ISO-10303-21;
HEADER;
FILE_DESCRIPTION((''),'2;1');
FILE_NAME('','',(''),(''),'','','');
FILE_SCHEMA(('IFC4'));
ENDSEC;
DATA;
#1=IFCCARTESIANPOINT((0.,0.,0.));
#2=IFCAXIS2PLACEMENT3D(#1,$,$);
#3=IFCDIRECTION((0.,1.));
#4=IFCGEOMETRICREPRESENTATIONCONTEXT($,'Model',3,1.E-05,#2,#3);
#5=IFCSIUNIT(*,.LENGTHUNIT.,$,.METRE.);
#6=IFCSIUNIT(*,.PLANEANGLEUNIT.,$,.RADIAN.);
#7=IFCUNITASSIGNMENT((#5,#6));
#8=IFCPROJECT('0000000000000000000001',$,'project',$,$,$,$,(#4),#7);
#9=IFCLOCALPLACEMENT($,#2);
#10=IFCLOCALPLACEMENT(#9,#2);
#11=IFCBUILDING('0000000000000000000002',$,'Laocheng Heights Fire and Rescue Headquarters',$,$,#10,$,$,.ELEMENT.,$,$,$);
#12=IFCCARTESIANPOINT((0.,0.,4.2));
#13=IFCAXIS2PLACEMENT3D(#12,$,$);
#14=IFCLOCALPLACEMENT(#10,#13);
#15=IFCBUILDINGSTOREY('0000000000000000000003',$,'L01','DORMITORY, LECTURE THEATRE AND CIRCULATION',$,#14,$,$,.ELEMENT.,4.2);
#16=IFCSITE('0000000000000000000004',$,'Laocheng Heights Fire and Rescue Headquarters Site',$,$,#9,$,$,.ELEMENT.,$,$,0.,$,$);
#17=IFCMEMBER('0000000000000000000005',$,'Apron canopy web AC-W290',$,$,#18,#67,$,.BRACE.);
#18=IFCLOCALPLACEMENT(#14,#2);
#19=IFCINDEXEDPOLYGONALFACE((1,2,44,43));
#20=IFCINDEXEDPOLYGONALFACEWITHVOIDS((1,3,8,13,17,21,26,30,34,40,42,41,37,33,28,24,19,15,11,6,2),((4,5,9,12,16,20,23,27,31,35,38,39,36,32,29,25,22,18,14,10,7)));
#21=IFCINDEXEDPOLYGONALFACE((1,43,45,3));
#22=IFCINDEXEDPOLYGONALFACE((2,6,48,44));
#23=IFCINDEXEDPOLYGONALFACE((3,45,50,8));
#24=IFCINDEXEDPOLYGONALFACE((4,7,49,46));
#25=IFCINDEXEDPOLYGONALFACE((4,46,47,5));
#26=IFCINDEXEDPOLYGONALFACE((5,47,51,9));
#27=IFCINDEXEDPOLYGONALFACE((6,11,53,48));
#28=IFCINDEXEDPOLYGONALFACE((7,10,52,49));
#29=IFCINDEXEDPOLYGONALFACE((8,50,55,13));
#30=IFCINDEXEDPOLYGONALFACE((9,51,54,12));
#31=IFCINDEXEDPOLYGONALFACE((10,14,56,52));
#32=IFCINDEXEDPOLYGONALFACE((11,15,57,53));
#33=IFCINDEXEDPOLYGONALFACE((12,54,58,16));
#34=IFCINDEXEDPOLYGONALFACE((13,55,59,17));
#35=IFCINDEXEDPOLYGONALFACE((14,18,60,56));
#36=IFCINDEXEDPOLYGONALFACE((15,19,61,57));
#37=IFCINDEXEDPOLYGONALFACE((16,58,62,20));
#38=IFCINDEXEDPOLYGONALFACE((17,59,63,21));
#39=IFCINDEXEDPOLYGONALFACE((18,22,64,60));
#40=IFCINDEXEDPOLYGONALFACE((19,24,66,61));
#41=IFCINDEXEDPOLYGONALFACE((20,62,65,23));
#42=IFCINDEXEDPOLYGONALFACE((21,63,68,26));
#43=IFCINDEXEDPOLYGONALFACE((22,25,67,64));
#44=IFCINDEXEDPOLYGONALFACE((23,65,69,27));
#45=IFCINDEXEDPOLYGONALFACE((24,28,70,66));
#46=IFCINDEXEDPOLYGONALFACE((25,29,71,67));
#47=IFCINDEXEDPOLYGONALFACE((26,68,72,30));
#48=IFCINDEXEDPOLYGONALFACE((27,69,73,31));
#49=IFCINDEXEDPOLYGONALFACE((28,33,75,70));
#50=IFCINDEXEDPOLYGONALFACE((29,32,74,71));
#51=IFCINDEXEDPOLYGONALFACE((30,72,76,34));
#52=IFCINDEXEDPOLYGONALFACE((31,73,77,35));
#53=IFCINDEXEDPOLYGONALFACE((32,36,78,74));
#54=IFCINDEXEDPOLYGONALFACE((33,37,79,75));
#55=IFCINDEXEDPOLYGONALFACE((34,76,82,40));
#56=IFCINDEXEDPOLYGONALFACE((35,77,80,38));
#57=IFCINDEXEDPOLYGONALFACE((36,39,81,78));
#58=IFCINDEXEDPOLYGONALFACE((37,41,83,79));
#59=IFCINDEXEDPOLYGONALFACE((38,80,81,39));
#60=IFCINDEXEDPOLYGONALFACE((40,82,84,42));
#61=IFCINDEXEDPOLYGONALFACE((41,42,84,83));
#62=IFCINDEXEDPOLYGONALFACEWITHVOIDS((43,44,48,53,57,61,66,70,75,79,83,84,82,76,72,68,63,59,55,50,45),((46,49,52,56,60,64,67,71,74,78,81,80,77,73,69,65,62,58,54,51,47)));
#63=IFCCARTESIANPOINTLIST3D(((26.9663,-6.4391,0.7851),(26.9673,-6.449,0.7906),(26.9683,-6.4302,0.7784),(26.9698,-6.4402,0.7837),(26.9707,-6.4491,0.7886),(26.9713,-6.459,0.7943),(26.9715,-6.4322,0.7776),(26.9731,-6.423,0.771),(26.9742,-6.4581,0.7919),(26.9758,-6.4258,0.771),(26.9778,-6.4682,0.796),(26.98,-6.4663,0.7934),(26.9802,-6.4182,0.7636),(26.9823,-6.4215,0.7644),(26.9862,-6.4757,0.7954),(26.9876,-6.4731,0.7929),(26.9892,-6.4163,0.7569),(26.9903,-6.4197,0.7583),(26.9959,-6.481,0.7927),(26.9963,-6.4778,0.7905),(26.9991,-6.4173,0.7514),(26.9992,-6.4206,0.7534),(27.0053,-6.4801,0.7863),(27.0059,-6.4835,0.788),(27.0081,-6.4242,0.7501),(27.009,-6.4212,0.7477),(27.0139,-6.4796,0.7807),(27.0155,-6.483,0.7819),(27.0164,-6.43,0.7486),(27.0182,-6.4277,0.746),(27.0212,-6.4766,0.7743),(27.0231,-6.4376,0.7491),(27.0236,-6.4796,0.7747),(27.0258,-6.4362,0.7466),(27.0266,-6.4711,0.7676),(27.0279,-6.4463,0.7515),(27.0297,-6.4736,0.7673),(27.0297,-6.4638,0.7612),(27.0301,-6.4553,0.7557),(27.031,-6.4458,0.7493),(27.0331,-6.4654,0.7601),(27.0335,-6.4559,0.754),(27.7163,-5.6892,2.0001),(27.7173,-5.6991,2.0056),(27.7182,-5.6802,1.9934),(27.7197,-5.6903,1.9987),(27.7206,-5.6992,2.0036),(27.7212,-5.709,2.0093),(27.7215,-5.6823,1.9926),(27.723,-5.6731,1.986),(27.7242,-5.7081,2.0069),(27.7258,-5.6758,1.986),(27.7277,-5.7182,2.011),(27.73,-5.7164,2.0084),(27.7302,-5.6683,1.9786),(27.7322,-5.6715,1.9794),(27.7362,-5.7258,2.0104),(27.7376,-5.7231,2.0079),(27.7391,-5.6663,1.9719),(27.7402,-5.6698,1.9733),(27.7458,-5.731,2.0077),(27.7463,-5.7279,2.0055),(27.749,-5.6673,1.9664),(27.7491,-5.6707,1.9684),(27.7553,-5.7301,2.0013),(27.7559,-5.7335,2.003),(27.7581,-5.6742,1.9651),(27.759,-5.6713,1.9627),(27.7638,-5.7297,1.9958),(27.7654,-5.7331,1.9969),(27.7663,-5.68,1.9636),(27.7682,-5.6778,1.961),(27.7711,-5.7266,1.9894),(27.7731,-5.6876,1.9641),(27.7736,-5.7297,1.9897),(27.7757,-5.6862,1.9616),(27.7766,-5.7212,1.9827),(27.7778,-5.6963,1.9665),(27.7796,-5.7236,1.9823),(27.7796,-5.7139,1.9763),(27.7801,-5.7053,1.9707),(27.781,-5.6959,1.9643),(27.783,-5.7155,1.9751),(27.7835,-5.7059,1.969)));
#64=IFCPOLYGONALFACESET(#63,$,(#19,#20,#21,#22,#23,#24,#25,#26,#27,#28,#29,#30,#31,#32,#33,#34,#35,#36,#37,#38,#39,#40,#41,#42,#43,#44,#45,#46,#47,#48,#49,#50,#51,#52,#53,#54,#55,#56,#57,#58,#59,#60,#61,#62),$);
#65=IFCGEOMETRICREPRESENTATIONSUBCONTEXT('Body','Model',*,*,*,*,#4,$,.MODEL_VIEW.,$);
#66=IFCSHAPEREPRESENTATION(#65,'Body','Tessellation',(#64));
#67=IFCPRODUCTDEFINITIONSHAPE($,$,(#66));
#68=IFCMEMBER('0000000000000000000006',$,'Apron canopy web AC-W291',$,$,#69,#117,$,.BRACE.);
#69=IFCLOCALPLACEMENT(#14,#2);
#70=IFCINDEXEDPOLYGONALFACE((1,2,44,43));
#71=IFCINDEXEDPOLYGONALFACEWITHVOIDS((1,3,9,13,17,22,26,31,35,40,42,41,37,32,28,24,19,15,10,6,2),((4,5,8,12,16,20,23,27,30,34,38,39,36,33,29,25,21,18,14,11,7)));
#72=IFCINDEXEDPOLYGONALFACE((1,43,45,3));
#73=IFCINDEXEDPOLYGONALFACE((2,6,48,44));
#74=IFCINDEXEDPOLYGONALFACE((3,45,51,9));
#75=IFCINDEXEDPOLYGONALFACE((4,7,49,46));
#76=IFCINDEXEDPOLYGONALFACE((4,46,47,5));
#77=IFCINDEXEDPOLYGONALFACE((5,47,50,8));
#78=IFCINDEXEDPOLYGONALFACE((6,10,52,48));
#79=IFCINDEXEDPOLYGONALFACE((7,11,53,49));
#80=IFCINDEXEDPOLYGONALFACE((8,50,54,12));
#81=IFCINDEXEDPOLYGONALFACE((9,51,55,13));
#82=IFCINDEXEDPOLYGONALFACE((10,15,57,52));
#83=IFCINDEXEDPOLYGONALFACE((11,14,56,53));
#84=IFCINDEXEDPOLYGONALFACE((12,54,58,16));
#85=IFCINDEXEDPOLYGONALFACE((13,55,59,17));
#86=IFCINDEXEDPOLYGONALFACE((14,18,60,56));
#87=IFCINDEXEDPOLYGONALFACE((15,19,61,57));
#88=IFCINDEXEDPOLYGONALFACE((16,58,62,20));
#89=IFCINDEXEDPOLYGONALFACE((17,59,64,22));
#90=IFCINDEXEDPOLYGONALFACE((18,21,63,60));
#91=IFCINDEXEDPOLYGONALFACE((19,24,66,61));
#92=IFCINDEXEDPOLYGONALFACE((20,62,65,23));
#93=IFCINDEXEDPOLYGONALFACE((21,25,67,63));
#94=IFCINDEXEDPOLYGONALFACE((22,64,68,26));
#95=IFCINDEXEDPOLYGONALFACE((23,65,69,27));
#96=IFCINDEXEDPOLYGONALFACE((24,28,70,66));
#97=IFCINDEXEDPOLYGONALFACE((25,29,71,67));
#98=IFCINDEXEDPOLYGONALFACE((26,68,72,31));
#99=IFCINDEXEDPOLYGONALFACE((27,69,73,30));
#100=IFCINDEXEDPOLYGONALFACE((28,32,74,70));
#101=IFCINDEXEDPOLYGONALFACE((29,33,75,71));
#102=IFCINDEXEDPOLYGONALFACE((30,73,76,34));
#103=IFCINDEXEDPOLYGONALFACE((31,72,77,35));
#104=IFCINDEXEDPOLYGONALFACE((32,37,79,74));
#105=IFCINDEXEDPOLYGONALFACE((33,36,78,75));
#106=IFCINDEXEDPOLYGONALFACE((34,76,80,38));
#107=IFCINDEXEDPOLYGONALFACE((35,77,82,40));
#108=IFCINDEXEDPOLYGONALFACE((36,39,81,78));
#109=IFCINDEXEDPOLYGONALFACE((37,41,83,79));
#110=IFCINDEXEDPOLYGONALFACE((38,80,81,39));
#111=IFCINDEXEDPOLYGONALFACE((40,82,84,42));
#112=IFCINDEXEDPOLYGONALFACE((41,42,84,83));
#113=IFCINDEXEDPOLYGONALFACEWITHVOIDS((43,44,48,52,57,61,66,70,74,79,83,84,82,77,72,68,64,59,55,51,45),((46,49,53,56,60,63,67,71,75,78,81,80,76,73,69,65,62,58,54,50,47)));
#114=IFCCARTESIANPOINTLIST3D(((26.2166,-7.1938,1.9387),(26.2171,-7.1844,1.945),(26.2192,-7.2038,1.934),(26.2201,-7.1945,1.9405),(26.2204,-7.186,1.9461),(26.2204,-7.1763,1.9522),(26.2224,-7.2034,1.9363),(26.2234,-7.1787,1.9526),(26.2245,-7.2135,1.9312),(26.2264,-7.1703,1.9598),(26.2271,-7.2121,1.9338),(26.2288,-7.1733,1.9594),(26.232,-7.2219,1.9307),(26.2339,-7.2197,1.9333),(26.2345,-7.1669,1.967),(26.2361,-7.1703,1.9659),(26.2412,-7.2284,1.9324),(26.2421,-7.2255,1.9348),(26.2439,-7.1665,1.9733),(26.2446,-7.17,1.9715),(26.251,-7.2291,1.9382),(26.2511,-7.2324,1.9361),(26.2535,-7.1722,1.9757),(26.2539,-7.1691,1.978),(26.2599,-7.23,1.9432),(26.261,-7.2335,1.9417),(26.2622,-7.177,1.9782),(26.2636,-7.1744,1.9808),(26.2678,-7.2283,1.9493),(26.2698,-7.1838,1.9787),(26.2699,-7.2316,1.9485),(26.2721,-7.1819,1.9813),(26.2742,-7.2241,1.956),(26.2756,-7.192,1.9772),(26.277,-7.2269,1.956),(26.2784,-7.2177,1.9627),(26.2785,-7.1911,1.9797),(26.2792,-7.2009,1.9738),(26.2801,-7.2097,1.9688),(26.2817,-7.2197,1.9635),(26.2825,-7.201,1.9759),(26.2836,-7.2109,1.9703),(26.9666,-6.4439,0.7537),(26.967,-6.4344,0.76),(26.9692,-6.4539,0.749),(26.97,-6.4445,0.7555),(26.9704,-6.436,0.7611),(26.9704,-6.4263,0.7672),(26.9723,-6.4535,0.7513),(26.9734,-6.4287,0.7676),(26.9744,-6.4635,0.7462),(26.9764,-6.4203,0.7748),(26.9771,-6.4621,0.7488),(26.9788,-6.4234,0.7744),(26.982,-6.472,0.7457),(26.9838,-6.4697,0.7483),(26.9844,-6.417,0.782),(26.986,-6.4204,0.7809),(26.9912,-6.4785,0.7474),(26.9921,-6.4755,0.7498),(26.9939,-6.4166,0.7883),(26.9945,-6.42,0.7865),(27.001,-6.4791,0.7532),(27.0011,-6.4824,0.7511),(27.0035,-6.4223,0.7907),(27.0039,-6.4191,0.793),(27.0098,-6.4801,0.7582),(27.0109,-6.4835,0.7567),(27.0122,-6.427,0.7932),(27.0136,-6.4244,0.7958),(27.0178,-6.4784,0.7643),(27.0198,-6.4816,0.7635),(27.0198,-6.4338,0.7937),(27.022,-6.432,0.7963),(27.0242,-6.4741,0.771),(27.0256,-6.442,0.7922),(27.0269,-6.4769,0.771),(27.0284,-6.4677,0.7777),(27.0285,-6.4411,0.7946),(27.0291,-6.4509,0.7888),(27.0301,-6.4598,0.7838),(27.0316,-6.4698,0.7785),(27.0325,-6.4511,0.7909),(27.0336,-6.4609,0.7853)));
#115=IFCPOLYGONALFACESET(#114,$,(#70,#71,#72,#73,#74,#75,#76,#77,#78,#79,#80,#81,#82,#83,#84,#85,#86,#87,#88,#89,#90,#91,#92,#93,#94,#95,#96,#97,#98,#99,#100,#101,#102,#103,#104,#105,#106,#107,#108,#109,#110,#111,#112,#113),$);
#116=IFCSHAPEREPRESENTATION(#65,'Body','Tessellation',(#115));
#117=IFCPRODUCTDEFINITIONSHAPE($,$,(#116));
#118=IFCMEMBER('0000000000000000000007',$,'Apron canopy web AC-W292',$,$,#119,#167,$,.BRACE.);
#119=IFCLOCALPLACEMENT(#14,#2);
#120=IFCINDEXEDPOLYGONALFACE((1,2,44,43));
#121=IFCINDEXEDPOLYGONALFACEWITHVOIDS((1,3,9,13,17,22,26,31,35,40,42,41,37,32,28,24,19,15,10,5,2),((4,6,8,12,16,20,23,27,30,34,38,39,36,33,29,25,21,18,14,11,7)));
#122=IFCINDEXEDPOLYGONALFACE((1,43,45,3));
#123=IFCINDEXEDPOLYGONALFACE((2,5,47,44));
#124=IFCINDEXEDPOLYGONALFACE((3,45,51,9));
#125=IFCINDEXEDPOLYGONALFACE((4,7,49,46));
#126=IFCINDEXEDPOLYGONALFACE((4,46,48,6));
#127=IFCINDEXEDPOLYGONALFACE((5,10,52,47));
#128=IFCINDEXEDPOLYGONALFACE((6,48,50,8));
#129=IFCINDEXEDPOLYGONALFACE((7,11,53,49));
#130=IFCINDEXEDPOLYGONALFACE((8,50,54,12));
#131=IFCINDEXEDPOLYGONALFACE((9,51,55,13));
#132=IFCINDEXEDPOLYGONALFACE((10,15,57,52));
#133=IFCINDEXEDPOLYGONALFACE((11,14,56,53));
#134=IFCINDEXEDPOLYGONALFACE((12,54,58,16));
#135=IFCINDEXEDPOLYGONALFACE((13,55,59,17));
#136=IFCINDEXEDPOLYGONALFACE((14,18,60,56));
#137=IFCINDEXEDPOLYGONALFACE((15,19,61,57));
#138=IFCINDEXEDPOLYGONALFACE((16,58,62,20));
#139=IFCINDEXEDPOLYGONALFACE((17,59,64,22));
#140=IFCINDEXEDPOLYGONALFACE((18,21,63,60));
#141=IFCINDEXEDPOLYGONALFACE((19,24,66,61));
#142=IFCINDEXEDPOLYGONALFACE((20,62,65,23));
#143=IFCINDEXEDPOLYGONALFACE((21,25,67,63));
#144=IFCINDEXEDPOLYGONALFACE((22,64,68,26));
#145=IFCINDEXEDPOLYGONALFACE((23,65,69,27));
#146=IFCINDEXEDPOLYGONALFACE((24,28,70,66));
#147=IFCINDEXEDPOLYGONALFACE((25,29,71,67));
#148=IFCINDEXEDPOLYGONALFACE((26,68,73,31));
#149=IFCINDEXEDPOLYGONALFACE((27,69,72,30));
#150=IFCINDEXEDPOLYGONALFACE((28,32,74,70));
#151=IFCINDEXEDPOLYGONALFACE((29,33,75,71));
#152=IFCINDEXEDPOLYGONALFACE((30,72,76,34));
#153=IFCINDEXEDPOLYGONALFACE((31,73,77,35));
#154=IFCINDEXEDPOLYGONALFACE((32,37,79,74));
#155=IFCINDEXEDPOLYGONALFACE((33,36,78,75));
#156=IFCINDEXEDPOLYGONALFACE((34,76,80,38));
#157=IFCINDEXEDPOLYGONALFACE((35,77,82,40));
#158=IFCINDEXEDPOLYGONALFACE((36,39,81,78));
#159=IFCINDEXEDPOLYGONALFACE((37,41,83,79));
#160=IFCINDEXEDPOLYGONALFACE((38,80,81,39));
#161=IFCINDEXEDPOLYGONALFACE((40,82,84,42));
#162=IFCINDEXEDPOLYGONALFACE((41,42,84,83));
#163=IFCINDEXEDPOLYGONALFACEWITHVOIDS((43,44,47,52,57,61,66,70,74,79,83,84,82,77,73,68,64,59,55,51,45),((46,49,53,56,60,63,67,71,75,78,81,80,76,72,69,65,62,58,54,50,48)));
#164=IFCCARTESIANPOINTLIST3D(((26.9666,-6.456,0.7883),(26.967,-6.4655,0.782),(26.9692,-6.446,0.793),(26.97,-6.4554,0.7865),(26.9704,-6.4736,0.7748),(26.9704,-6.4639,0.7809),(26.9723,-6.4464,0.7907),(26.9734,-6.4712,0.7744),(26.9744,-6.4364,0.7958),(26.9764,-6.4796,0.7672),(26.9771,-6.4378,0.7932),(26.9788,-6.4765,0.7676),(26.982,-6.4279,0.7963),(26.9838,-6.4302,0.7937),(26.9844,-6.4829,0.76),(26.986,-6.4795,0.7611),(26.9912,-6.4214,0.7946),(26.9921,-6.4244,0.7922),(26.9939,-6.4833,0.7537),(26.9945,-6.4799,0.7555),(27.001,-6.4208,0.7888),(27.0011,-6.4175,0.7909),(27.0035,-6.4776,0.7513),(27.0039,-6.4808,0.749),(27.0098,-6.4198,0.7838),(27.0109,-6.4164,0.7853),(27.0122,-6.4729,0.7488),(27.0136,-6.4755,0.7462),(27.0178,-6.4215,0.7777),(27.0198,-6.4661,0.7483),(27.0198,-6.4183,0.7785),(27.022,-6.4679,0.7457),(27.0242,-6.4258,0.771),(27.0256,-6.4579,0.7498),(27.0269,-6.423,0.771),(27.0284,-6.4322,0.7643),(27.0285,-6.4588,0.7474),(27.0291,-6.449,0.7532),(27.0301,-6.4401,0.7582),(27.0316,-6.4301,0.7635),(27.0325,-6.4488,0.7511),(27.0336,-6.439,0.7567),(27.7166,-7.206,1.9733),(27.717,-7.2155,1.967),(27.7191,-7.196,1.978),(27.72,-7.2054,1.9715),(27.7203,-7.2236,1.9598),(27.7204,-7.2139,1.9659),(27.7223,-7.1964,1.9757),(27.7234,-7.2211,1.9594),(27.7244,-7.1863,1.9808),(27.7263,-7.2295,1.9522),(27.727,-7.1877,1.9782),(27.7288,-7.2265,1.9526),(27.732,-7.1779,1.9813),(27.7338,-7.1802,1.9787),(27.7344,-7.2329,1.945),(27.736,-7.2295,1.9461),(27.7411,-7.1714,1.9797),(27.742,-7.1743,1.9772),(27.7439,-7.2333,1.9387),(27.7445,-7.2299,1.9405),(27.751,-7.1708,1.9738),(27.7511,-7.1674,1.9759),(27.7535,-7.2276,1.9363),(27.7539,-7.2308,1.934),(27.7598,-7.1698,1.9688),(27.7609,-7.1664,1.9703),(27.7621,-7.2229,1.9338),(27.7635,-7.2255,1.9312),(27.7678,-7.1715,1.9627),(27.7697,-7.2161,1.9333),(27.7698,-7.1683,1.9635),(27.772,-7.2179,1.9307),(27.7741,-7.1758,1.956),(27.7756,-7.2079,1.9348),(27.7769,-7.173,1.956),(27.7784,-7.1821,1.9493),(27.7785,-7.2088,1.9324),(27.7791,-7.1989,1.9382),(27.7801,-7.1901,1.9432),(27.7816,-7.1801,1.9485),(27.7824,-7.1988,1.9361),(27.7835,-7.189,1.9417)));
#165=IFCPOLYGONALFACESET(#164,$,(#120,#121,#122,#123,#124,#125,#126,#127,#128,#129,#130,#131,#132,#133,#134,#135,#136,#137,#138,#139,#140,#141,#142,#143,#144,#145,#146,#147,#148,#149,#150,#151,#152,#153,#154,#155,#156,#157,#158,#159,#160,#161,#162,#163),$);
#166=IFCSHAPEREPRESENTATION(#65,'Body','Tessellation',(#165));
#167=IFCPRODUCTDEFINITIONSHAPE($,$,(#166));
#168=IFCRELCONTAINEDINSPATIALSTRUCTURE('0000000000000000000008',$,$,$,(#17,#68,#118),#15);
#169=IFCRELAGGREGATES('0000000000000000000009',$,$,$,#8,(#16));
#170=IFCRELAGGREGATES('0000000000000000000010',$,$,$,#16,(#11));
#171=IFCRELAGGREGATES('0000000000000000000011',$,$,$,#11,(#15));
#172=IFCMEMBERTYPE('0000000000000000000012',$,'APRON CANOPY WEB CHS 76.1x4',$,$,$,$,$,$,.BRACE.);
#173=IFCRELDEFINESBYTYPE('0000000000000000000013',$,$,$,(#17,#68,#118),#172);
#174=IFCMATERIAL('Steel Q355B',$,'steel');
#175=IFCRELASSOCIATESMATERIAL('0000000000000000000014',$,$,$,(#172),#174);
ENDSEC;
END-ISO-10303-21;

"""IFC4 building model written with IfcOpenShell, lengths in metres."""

from ifc_helpers import new_model, si_unit, direction, frame, origin, origin_2d, place, context, subcontext, project, spatial, hollow_circle, extrude, material, material_profile, profile_set, type_object, element, save


model = new_model("IFC4")

# Units and contexts
model_context = context("Model", 3, precision=1e-05, world=origin(), true_north=direction((0.0, 1.0)))
body_context = subcontext(model_context, "Body", "Model", "MODEL_VIEW")
ifc_project = project(units=[si_unit("LENGTHUNIT", "METRE"), si_unit("PLANEANGLEUNIT", "RADIAN")], contexts=[model_context])

# Site, building, storey
site_placement = place(None, origin())
site = spatial("IfcSite", under=ifc_project, at=site_placement, Name="Laocheng Heights Fire and Rescue Headquarters Site", CompositionType="ELEMENT", RefElevation=0.0)
building_placement = place(site_placement, origin())
building = spatial("IfcBuilding", under=site, at=building_placement, Name="Laocheng Heights Fire and Rescue Headquarters", CompositionType="ELEMENT")
storey_placement = place(building_placement, frame((0.0, 0.0, 4.2)))
storey = spatial("IfcBuildingStorey", under=building, at=storey_placement, Name="L01", Description="DORMITORY, LECTURE THEATRE AND CIRCULATION", CompositionType="ELEMENT", Elevation=4.2)

# Members
ifc_material_1 = material(Name="Steel Q355B", Category="steel")
ifc_material_profile_1 = material_profile(ifc_material_1, hollow_circle(Radius=0.0381, WallThickness=0.0039, at=origin_2d()), Name="CHS 76.1x4")
ifc_profile_set_1 = profile_set([ifc_material_profile_1], Name="Steel Q355B")
member_type_1 = type_object("IfcMemberType", Name="APRON CANOPY WEB CHS 76.1x4", PredefinedType="BRACE", material=ifc_profile_set_1)
for number, where, z_axis, x_axis, name in (
    (1, (27.0, -6.45, 0.771), (0.465002, 0.465002, 0.753357), (-0.707107, 0.707107, 0.0), "Apron canopy web AC-W290"),
):
    element("IfcMember", number, at=place(storey_placement, frame(where, z_axis=z_axis, x_axis=x_axis)), inside=storey, type_object=member_type_1, Name=name, PredefinedType="BRACE", context=body_context, shape_type="SweptSolid", body=[
        extrude(hollow_circle(Radius=0.0381, WallThickness=0.0039, at=origin_2d()), origin(), (0.0, 0.0, 1.0), 1.6128),
    ])
for number, where, z_axis, x_axis, name in (
    (2, (27.0, -6.45, 0.771), (-0.47158, -0.47158, 0.745134), (0.707107, -0.707107, 0.0), "Apron canopy web AC-W291"),
    (3, (27.0, -6.45, 0.771), (0.47158, -0.47158, 0.745134), (0.707107, 0.707107, 0.0), "Apron canopy web AC-W292"),
):
    element("IfcMember", number, at=place(storey_placement, frame(where, z_axis=z_axis, x_axis=x_axis)), inside=storey, type_object=member_type_1, Name=name, PredefinedType="BRACE", context=body_context, shape_type="SweptSolid", body=[
        extrude(hollow_circle(Radius=0.0381, WallThickness=0.0039, at=origin_2d()), origin(), (0.0, 0.0, 1.0), 1.5903),
    ])

save(model, "model.ifc")
